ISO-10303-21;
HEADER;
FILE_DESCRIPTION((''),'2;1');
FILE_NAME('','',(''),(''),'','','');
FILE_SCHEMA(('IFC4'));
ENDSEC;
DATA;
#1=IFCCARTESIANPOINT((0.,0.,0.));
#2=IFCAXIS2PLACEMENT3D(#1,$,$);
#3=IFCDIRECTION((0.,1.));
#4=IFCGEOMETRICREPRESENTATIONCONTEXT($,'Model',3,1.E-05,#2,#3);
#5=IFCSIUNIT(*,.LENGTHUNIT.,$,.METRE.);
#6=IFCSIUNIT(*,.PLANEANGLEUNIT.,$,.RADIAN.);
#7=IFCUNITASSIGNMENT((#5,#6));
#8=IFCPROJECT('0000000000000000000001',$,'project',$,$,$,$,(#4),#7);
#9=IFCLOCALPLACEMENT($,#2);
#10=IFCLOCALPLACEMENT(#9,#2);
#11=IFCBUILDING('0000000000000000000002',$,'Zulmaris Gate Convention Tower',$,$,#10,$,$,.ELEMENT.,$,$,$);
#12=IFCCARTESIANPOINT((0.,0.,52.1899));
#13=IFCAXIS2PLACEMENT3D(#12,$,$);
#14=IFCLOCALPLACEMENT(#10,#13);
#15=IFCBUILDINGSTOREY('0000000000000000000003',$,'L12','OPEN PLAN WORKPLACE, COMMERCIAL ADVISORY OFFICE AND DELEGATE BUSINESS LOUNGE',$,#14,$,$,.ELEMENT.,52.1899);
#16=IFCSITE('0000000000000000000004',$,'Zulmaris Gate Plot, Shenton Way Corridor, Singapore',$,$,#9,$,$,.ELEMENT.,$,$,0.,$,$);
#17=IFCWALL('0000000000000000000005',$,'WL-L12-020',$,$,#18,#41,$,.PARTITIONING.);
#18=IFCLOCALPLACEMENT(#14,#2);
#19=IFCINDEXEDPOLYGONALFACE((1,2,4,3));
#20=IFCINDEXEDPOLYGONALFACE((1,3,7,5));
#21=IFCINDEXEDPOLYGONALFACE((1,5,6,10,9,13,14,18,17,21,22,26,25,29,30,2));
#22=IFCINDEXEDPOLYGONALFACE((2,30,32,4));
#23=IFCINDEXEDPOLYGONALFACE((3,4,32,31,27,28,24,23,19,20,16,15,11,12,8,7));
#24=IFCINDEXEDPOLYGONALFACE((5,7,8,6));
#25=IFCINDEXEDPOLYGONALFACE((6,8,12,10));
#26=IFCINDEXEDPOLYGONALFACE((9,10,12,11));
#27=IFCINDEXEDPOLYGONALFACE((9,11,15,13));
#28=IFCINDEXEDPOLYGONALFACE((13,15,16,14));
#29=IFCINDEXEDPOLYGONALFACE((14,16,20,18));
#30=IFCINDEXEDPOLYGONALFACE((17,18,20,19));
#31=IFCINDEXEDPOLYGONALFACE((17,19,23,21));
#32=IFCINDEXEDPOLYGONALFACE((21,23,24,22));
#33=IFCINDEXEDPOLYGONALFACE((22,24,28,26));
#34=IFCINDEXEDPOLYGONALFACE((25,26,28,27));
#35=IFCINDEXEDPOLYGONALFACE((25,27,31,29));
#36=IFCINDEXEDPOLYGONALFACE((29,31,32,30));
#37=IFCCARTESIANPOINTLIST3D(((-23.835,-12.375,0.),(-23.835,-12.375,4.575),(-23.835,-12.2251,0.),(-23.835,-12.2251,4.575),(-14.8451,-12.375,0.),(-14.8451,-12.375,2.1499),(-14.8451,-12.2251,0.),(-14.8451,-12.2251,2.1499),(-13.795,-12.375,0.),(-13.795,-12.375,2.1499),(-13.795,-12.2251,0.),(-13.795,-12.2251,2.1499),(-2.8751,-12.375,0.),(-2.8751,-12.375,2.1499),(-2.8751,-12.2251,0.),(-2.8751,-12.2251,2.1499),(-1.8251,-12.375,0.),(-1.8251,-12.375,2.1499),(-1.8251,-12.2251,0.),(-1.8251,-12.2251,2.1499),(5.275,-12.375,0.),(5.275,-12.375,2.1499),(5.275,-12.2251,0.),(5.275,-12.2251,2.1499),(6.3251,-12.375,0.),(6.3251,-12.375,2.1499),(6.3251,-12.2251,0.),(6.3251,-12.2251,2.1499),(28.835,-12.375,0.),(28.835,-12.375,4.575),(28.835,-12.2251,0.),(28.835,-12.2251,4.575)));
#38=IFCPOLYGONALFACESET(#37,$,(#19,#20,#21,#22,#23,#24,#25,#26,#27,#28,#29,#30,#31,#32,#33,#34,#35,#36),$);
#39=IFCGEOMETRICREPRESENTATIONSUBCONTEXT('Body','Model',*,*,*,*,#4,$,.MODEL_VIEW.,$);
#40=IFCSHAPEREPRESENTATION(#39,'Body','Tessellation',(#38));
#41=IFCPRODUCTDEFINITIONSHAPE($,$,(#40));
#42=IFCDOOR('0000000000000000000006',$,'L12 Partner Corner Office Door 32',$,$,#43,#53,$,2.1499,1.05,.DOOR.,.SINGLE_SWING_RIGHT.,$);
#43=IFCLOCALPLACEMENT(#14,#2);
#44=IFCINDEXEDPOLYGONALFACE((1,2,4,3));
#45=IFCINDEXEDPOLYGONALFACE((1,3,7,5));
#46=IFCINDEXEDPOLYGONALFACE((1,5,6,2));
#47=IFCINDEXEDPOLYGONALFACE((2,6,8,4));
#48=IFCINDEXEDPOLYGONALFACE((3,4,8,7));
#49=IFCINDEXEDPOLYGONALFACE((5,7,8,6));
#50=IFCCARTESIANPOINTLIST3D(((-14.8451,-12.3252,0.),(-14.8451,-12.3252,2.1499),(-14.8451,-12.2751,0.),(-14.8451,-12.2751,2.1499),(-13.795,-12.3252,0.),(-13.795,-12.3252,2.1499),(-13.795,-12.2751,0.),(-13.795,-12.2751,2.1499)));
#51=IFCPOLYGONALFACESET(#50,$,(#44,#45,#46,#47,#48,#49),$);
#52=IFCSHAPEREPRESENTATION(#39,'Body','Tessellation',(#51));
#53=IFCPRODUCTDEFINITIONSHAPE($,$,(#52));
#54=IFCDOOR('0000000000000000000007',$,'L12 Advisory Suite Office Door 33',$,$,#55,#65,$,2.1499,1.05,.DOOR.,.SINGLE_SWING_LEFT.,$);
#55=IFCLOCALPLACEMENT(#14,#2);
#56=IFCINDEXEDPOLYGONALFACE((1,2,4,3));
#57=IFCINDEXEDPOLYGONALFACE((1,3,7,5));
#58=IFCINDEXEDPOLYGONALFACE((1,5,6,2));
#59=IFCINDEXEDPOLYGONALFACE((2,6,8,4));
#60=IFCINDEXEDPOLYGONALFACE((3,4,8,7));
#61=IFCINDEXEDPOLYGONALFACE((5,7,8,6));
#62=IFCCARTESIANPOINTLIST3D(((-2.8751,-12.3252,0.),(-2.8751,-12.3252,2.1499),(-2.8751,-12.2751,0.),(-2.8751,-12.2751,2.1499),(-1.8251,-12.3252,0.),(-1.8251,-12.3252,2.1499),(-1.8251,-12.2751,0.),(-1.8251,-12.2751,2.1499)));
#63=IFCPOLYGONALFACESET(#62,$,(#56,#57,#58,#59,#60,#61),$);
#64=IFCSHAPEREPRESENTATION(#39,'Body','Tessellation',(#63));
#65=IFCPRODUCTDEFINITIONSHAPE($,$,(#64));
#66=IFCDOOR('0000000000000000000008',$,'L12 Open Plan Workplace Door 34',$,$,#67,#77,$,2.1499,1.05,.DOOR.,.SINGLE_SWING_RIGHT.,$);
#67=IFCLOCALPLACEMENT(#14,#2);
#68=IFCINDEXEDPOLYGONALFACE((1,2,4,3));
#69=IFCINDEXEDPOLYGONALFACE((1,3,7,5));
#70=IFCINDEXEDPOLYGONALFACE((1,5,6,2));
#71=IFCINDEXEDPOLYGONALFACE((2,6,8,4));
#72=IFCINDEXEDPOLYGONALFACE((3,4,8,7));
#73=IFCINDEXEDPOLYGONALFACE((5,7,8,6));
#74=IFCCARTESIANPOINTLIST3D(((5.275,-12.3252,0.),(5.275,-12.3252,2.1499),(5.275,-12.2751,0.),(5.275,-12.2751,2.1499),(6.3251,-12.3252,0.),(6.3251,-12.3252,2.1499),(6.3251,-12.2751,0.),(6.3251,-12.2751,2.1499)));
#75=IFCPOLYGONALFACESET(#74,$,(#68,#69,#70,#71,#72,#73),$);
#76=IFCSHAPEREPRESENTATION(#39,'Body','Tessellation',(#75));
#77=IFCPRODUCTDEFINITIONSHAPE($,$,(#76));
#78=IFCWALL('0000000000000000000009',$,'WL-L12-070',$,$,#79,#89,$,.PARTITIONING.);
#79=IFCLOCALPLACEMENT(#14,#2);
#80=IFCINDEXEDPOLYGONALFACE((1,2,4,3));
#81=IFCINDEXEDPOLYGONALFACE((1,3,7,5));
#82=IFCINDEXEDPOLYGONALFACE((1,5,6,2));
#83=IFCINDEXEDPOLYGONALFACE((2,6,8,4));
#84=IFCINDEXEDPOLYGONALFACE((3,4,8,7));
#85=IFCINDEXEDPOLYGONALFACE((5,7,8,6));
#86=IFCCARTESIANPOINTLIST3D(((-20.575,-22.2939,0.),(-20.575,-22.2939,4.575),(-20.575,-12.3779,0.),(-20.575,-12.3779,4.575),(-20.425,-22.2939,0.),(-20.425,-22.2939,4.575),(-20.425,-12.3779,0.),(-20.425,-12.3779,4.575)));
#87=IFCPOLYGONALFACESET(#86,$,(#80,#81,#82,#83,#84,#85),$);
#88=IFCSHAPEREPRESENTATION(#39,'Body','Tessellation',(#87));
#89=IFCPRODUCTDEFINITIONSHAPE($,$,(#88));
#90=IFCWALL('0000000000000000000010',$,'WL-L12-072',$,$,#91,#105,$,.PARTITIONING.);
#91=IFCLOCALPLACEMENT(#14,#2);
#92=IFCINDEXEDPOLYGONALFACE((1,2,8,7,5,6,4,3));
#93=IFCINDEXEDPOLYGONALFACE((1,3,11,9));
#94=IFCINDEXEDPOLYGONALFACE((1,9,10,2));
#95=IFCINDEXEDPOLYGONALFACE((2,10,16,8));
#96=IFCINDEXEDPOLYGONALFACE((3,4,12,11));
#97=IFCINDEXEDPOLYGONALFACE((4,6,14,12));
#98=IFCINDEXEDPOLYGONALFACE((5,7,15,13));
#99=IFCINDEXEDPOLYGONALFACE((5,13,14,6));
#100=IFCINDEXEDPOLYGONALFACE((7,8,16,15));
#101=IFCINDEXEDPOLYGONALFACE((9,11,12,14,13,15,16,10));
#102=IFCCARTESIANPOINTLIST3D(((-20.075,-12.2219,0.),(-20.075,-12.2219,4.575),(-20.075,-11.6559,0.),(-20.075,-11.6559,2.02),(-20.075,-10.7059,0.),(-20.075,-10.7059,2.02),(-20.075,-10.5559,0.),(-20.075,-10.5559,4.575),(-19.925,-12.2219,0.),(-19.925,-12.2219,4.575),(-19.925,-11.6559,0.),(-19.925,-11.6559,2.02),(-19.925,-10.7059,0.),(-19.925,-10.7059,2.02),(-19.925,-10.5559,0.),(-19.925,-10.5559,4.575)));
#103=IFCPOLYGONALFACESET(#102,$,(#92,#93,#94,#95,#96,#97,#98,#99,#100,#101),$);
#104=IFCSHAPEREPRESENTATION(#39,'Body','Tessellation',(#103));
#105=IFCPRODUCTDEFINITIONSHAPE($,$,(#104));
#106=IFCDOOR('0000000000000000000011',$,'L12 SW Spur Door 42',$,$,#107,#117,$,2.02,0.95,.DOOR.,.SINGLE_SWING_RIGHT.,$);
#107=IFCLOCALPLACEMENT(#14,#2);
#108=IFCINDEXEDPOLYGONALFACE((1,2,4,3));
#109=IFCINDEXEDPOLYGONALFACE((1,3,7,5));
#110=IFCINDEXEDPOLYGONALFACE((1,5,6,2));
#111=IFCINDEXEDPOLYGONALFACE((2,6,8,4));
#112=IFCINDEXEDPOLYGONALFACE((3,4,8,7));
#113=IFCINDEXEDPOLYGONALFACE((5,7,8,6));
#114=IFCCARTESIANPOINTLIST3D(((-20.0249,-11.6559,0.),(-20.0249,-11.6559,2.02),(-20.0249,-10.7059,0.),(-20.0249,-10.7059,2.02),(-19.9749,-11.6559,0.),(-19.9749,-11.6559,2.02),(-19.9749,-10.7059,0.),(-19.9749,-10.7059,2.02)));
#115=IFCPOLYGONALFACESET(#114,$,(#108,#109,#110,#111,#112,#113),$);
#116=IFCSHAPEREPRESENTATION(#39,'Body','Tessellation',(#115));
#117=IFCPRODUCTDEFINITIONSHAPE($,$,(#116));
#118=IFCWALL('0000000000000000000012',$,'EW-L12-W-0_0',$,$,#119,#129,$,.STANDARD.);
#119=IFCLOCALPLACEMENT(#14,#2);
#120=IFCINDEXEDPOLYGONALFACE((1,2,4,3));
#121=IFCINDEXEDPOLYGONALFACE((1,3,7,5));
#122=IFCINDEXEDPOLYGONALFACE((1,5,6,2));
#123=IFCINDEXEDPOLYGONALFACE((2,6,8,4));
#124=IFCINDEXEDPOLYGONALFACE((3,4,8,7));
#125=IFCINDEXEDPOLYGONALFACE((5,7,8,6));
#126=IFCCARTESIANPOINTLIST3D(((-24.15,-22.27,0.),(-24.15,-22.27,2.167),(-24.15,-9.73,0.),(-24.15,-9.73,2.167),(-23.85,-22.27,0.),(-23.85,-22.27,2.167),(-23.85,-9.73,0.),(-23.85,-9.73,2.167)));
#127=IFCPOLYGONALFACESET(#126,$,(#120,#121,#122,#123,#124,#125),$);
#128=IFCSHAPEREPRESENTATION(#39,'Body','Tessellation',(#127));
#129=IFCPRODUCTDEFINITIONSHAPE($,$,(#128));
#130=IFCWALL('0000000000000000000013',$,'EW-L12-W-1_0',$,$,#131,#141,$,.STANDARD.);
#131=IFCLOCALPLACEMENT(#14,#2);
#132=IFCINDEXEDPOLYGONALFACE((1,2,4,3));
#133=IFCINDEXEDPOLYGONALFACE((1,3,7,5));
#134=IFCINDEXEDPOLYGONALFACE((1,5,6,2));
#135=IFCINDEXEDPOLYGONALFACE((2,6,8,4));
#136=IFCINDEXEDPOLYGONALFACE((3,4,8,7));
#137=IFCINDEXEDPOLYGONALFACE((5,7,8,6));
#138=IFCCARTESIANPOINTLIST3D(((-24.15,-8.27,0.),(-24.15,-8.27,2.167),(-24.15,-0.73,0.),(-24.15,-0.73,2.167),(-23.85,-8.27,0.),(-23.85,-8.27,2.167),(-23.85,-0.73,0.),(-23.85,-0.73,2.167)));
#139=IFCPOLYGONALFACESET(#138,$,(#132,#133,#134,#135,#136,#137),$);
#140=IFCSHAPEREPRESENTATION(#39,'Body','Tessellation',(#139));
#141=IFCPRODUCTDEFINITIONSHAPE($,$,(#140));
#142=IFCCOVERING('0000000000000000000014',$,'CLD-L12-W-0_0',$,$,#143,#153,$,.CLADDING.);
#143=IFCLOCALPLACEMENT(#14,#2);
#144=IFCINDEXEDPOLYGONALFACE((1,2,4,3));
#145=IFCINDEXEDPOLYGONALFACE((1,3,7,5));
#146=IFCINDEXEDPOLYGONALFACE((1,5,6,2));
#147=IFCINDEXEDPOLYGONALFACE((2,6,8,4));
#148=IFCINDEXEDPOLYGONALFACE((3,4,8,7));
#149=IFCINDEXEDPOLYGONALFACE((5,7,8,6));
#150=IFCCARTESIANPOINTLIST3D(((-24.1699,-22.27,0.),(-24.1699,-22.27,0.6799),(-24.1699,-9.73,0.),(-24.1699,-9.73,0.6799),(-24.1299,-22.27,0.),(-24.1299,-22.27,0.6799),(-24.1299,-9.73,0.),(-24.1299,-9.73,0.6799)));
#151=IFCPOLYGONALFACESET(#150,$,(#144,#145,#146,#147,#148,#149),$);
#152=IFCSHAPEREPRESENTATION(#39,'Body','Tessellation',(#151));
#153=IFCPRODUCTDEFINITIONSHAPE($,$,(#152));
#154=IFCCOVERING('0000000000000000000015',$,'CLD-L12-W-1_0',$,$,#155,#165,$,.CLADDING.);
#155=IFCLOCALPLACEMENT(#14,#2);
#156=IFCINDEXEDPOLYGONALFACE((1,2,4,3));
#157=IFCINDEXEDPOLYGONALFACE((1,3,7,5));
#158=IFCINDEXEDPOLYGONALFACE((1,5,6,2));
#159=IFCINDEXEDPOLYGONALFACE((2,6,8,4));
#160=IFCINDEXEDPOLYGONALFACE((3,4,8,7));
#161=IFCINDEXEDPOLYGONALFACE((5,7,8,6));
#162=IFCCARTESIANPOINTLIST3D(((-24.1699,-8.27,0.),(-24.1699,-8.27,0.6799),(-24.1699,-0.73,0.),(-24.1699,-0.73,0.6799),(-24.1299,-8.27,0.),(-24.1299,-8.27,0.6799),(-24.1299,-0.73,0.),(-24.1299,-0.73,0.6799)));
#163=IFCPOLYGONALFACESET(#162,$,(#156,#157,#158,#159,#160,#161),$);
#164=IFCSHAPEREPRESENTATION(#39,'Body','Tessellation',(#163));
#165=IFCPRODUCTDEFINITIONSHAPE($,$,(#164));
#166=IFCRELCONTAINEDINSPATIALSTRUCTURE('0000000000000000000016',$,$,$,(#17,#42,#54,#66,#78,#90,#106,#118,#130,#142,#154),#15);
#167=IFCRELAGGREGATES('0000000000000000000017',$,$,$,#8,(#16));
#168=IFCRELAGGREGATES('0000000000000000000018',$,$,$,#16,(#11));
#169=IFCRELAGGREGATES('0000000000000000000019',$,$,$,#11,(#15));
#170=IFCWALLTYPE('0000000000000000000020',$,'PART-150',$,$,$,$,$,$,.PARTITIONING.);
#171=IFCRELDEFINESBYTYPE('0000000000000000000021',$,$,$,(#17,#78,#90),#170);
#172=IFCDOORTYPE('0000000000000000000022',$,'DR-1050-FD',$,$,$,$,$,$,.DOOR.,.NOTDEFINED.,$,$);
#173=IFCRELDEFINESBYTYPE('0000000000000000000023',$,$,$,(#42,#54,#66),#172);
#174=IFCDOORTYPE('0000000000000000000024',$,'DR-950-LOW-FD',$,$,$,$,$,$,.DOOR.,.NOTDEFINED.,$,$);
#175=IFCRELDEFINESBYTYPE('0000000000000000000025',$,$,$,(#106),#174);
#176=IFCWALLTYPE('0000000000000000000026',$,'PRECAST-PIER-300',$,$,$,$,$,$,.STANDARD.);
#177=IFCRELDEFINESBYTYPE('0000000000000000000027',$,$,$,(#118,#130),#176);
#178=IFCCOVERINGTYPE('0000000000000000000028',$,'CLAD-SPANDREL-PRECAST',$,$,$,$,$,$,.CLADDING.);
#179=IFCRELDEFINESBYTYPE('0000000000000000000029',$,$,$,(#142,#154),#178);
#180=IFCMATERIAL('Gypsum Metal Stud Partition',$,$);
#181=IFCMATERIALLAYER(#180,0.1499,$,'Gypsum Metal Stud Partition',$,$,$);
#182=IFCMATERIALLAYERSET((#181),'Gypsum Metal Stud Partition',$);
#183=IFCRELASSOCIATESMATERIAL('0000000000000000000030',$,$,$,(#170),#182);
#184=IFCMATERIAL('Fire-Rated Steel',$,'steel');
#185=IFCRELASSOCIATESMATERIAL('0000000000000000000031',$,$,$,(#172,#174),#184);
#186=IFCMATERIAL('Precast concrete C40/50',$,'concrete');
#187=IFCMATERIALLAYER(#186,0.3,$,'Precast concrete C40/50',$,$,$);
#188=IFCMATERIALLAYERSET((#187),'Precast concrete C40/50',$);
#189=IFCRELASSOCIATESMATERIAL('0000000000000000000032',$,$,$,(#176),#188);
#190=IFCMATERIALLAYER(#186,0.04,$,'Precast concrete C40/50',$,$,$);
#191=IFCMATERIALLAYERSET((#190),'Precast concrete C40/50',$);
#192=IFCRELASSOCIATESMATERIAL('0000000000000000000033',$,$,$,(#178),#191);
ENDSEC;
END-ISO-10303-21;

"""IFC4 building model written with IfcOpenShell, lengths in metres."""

from ifc_helpers import new_model, si_unit, direction, frame, frame_2d, origin, place, context, subcontext, project, spatial, rectangle, extrude, material, layer, layer_set, type_object, element, fill, save


model = new_model("IFC4")

# Units and contexts
model_context = context("Model", 3, precision=1e-05, world=origin(), true_north=direction((0.0, 1.0)))
body_context = subcontext(model_context, "Body", "Model", "MODEL_VIEW")
ifc_project = project(units=[si_unit("LENGTHUNIT", "METRE"), si_unit("PLANEANGLEUNIT", "RADIAN")], contexts=[model_context])

# Site, building, storey
site_placement = place(None, origin())
site = spatial("IfcSite", under=ifc_project, at=site_placement, Name="Zulmaris Gate Plot, Shenton Way Corridor, Singapore", CompositionType="ELEMENT", RefElevation=0.0)
building_placement = place(site_placement, origin())
building = spatial("IfcBuilding", under=site, at=building_placement, Name="Zulmaris Gate Convention Tower", CompositionType="ELEMENT")
storey_placement = place(building_placement, frame((0.0, 0.0, 52.1899)))
storey = spatial("IfcBuildingStorey", under=building, at=storey_placement, Name="L12", Description="OPEN PLAN WORKPLACE, COMMERCIAL ADVISORY OFFICE AND DELEGATE BUSINESS LOUNGE", CompositionType="ELEMENT", Elevation=52.1899)

# Wall, openings, doors
ifc_material_1 = material(Name="Gypsum Metal Stud Partition")
ifc_layer_1 = layer(ifc_material_1, 0.1499, Name="Gypsum Metal Stud Partition")
ifc_layer_set_1 = layer_set([ifc_layer_1], Name="Gypsum Metal Stud Partition")
wall_type_1 = type_object("IfcWallType", Name="PART-150", PredefinedType="PARTITIONING", material=ifc_layer_set_1)
wall_1_placement = place(storey_placement, frame((-23.835, -12.3, 0.0), z_axis=(0.0, 0.0, 1.0), x_axis=(1.0, 0.0, 0.0)))
wall_1 = element("IfcWall", 1, at=wall_1_placement, inside=storey, type_object=wall_type_1, Name="WL-L12-020", PredefinedType="PARTITIONING", context=body_context, shape_type="SweptSolid", body=[
    extrude(rectangle(XDim=52.6699, YDim=0.1499, at=frame_2d((26.335, 0.0))), origin(), (0.0, 0.0, 1.0), 4.575),
])
opening_1_placement = place(wall_1_placement, frame((8.99, 0.0, 0.0)))
opening_1 = element("IfcOpeningElement", 2, at=opening_1_placement, cuts=wall_1, PredefinedType="OPENING", context=body_context, shape_type="SweptSolid", body=[
    extrude(rectangle(XDim=1.05, YDim=2.1499, at=frame_2d((0.5249, 1.075))), frame((0.0, 0.085, 0.0), z_axis=(0.0, -1.0, 0.0), x_axis=(1.0, 0.0, 0.0)), (0.0, 0.0, 1.0), 0.1699),
])
opening_2_placement = place(wall_1_placement, frame((20.96, 0.0, 0.0)))
opening_2 = element("IfcOpeningElement", 3, at=opening_2_placement, cuts=wall_1, PredefinedType="OPENING", context=body_context, shape_type="SweptSolid", body=[
    extrude(rectangle(XDim=1.05, YDim=2.1499, at=frame_2d((0.5249, 1.075))), frame((0.0, 0.085, 0.0), z_axis=(0.0, -1.0, 0.0), x_axis=(1.0, 0.0, 0.0)), (0.0, 0.0, 1.0), 0.1699),
])
opening_3_placement = place(wall_1_placement, frame((29.1101, 0.0, 0.0)))
opening_3 = element("IfcOpeningElement", 4, at=opening_3_placement, cuts=wall_1, PredefinedType="OPENING", context=body_context, shape_type="SweptSolid", body=[
    extrude(rectangle(XDim=1.05, YDim=2.1499, at=frame_2d((0.5249, 1.075))), frame((0.0, 0.085, 0.0), z_axis=(0.0, -1.0, 0.0), x_axis=(1.0, 0.0, 0.0)), (0.0, 0.0, 1.0), 0.1699),
])
ifc_material_2 = material(Name="Fire-Rated Steel", Category="steel")
door_type_1 = type_object("IfcDoorType", Name="DR-1050-FD", OperationType="NOTDEFINED", PredefinedType="DOOR", material=ifc_material_2)
door_1_placement = place(opening_1_placement, origin())
door_1 = element("IfcDoor", 5, at=door_1_placement, inside=storey, type_object=door_type_1, Name="L12 Partner Corner Office Door 32", OperationType="SINGLE_SWING_RIGHT", OverallHeight=2.1499, OverallWidth=1.05, PredefinedType="DOOR", context=body_context, shape_type="SweptSolid", body=[
    extrude(rectangle(XDim=1.05, YDim=2.1499, at=frame_2d((0.5249, 1.075))), frame((0.0, 0.0249, 0.0), z_axis=(0.0, -1.0, 0.0), x_axis=(1.0, 0.0, 0.0)), (0.0, 0.0, 1.0), 0.05),
])
fill(opening_1, door_1)
door_2_placement = place(opening_2_placement, origin())
door_2 = element("IfcDoor", 6, at=door_2_placement, inside=storey, type_object=door_type_1, Name="L12 Advisory Suite Office Door 33", OperationType="SINGLE_SWING_LEFT", OverallHeight=2.1499, OverallWidth=1.05, PredefinedType="DOOR", context=body_context, shape_type="SweptSolid", body=[
    extrude(rectangle(XDim=1.05, YDim=2.1499, at=frame_2d((0.5249, 1.075))), frame((0.0, 0.0249, 0.0), z_axis=(0.0, -1.0, 0.0), x_axis=(1.0, 0.0, 0.0)), (0.0, 0.0, 1.0), 0.05),
])
fill(opening_2, door_2)
door_3_placement = place(opening_3_placement, origin())
door_3 = element("IfcDoor", 7, at=door_3_placement, inside=storey, type_object=door_type_1, Name="L12 Open Plan Workplace Door 34", OperationType="SINGLE_SWING_RIGHT", OverallHeight=2.1499, OverallWidth=1.05, PredefinedType="DOOR", context=body_context, shape_type="SweptSolid", body=[
    extrude(rectangle(XDim=1.05, YDim=2.1499, at=frame_2d((0.5249, 1.075))), frame((0.0, 0.0249, 0.0), z_axis=(0.0, -1.0, 0.0), x_axis=(1.0, 0.0, 0.0)), (0.0, 0.0, 1.0), 0.05),
])
fill(opening_3, door_3)

# Wall
wall_2_placement = place(storey_placement, frame((-20.5, -22.2939, 0.0), z_axis=(0.0, 0.0, 1.0), x_axis=(0.0, 1.0, 0.0)))
element("IfcWall", 8, at=wall_2_placement, inside=storey, type_object=wall_type_1, Name="WL-L12-070", PredefinedType="PARTITIONING", context=body_context, shape_type="SweptSolid", body=[
    extrude(rectangle(XDim=9.916, YDim=0.1499, at=frame_2d((4.958, 0.0))), origin(), (0.0, 0.0, 1.0), 4.575),
])

# Wall, opening, door
wall_3_placement = place(storey_placement, frame((-20.0, -12.2219, 0.0), z_axis=(0.0, 0.0, 1.0), x_axis=(0.0, 1.0, 0.0)))
wall_3 = element("IfcWall", 9, at=wall_3_placement, inside=storey, type_object=wall_type_1, Name="WL-L12-072", PredefinedType="PARTITIONING", context=body_context, shape_type="SweptSolid", body=[
    extrude(rectangle(XDim=1.666, YDim=0.1499, at=frame_2d((0.833, 0.0))), origin(), (0.0, 0.0, 1.0), 4.575),
])
opening_4_placement = place(wall_3_placement, frame((0.5659, 0.0, 0.0)))
opening_4 = element("IfcOpeningElement", 10, at=opening_4_placement, cuts=wall_3, PredefinedType="OPENING", context=body_context, shape_type="SweptSolid", body=[
    extrude(rectangle(XDim=0.95, YDim=2.02, at=frame_2d((0.4751, 1.01))), frame((0.0, 0.085, 0.0), z_axis=(0.0, -1.0, 0.0), x_axis=(1.0, 0.0, 0.0)), (0.0, 0.0, 1.0), 0.1699),
])
door_type_2 = type_object("IfcDoorType", Name="DR-950-LOW-FD", OperationType="NOTDEFINED", PredefinedType="DOOR", material=ifc_material_2)
door_4_placement = place(opening_4_placement, origin())
door_4 = element("IfcDoor", 11, at=door_4_placement, inside=storey, type_object=door_type_2, Name="L12 SW Spur Door 42", OperationType="SINGLE_SWING_RIGHT", OverallHeight=2.02, OverallWidth=0.95, PredefinedType="DOOR", context=body_context, shape_type="SweptSolid", body=[
    extrude(rectangle(XDim=0.95, YDim=2.02, at=frame_2d((0.4751, 1.01))), frame((0.0, 0.0249, 0.0), z_axis=(0.0, -1.0, 0.0), x_axis=(1.0, 0.0, 0.0)), (0.0, 0.0, 1.0), 0.05),
])
fill(opening_4, door_4)

# Walls
ifc_material_3 = material(Name="Precast concrete C40/50", Category="concrete")
ifc_layer_2 = layer(ifc_material_3, 0.3, Name="Precast concrete C40/50")
ifc_layer_set_2 = layer_set([ifc_layer_2], Name="Precast concrete C40/50")
wall_type_2 = type_object("IfcWallType", Name="PRECAST-PIER-300", PredefinedType="STANDARD", material=ifc_layer_set_2)
wall_4_placement = place(storey_placement, frame((-24.0, -9.73, 0.0), z_axis=(0.0, 0.0, 1.0), x_axis=(0.0, -1.0, 0.0)))
element("IfcWall", 12, at=wall_4_placement, inside=storey, type_object=wall_type_2, Name="EW-L12-W-0_0", PredefinedType="STANDARD", context=body_context, shape_type="SweptSolid", body=[
    extrude(rectangle(XDim=12.54, YDim=0.3, at=frame_2d((6.27, 0.0))), origin(), (0.0, 0.0, 1.0), 2.167),
])
wall_5_placement = place(storey_placement, frame((-24.0, -0.73, 0.0), z_axis=(0.0, 0.0, 1.0), x_axis=(0.0, -1.0, 0.0)))
element("IfcWall", 13, at=wall_5_placement, inside=storey, type_object=wall_type_2, Name="EW-L12-W-1_0", PredefinedType="STANDARD", context=body_context, shape_type="SweptSolid", body=[
    extrude(rectangle(XDim=7.54, YDim=0.3, at=frame_2d((3.77, 0.0))), origin(), (0.0, 0.0, 1.0), 2.167),
])

# Coverings
ifc_layer_3 = layer(ifc_material_3, 0.04, Name="Precast concrete C40/50")
ifc_layer_set_3 = layer_set([ifc_layer_3], Name="Precast concrete C40/50")
covering_type = type_object("IfcCoveringType", Name="CLAD-SPANDREL-PRECAST", PredefinedType="CLADDING", material=ifc_layer_set_3)
covering_1_placement = place(storey_placement, frame((-24.1499, -9.73, 0.0), z_axis=(0.0, 0.0, 1.0), x_axis=(0.0, -1.0, 0.0)))
element("IfcCovering", 14, at=covering_1_placement, inside=storey, type_object=covering_type, Name="CLD-L12-W-0_0", PredefinedType="CLADDING", context=body_context, shape_type="SweptSolid", body=[
    extrude(rectangle(XDim=12.54, YDim=0.04, at=frame_2d((6.27, 0.0))), origin(), (0.0, 0.0, 1.0), 0.6799),
])
covering_2_placement = place(storey_placement, frame((-24.1499, -0.73, 0.0), z_axis=(0.0, 0.0, 1.0), x_axis=(0.0, -1.0, 0.0)))
element("IfcCovering", 15, at=covering_2_placement, inside=storey, type_object=covering_type, Name="CLD-L12-W-1_0", PredefinedType="CLADDING", context=body_context, shape_type="SweptSolid", body=[
    extrude(rectangle(XDim=7.54, YDim=0.04, at=frame_2d((3.77, 0.0))), origin(), (0.0, 0.0, 1.0), 0.6799),
])

save(model, "model.ifc")
